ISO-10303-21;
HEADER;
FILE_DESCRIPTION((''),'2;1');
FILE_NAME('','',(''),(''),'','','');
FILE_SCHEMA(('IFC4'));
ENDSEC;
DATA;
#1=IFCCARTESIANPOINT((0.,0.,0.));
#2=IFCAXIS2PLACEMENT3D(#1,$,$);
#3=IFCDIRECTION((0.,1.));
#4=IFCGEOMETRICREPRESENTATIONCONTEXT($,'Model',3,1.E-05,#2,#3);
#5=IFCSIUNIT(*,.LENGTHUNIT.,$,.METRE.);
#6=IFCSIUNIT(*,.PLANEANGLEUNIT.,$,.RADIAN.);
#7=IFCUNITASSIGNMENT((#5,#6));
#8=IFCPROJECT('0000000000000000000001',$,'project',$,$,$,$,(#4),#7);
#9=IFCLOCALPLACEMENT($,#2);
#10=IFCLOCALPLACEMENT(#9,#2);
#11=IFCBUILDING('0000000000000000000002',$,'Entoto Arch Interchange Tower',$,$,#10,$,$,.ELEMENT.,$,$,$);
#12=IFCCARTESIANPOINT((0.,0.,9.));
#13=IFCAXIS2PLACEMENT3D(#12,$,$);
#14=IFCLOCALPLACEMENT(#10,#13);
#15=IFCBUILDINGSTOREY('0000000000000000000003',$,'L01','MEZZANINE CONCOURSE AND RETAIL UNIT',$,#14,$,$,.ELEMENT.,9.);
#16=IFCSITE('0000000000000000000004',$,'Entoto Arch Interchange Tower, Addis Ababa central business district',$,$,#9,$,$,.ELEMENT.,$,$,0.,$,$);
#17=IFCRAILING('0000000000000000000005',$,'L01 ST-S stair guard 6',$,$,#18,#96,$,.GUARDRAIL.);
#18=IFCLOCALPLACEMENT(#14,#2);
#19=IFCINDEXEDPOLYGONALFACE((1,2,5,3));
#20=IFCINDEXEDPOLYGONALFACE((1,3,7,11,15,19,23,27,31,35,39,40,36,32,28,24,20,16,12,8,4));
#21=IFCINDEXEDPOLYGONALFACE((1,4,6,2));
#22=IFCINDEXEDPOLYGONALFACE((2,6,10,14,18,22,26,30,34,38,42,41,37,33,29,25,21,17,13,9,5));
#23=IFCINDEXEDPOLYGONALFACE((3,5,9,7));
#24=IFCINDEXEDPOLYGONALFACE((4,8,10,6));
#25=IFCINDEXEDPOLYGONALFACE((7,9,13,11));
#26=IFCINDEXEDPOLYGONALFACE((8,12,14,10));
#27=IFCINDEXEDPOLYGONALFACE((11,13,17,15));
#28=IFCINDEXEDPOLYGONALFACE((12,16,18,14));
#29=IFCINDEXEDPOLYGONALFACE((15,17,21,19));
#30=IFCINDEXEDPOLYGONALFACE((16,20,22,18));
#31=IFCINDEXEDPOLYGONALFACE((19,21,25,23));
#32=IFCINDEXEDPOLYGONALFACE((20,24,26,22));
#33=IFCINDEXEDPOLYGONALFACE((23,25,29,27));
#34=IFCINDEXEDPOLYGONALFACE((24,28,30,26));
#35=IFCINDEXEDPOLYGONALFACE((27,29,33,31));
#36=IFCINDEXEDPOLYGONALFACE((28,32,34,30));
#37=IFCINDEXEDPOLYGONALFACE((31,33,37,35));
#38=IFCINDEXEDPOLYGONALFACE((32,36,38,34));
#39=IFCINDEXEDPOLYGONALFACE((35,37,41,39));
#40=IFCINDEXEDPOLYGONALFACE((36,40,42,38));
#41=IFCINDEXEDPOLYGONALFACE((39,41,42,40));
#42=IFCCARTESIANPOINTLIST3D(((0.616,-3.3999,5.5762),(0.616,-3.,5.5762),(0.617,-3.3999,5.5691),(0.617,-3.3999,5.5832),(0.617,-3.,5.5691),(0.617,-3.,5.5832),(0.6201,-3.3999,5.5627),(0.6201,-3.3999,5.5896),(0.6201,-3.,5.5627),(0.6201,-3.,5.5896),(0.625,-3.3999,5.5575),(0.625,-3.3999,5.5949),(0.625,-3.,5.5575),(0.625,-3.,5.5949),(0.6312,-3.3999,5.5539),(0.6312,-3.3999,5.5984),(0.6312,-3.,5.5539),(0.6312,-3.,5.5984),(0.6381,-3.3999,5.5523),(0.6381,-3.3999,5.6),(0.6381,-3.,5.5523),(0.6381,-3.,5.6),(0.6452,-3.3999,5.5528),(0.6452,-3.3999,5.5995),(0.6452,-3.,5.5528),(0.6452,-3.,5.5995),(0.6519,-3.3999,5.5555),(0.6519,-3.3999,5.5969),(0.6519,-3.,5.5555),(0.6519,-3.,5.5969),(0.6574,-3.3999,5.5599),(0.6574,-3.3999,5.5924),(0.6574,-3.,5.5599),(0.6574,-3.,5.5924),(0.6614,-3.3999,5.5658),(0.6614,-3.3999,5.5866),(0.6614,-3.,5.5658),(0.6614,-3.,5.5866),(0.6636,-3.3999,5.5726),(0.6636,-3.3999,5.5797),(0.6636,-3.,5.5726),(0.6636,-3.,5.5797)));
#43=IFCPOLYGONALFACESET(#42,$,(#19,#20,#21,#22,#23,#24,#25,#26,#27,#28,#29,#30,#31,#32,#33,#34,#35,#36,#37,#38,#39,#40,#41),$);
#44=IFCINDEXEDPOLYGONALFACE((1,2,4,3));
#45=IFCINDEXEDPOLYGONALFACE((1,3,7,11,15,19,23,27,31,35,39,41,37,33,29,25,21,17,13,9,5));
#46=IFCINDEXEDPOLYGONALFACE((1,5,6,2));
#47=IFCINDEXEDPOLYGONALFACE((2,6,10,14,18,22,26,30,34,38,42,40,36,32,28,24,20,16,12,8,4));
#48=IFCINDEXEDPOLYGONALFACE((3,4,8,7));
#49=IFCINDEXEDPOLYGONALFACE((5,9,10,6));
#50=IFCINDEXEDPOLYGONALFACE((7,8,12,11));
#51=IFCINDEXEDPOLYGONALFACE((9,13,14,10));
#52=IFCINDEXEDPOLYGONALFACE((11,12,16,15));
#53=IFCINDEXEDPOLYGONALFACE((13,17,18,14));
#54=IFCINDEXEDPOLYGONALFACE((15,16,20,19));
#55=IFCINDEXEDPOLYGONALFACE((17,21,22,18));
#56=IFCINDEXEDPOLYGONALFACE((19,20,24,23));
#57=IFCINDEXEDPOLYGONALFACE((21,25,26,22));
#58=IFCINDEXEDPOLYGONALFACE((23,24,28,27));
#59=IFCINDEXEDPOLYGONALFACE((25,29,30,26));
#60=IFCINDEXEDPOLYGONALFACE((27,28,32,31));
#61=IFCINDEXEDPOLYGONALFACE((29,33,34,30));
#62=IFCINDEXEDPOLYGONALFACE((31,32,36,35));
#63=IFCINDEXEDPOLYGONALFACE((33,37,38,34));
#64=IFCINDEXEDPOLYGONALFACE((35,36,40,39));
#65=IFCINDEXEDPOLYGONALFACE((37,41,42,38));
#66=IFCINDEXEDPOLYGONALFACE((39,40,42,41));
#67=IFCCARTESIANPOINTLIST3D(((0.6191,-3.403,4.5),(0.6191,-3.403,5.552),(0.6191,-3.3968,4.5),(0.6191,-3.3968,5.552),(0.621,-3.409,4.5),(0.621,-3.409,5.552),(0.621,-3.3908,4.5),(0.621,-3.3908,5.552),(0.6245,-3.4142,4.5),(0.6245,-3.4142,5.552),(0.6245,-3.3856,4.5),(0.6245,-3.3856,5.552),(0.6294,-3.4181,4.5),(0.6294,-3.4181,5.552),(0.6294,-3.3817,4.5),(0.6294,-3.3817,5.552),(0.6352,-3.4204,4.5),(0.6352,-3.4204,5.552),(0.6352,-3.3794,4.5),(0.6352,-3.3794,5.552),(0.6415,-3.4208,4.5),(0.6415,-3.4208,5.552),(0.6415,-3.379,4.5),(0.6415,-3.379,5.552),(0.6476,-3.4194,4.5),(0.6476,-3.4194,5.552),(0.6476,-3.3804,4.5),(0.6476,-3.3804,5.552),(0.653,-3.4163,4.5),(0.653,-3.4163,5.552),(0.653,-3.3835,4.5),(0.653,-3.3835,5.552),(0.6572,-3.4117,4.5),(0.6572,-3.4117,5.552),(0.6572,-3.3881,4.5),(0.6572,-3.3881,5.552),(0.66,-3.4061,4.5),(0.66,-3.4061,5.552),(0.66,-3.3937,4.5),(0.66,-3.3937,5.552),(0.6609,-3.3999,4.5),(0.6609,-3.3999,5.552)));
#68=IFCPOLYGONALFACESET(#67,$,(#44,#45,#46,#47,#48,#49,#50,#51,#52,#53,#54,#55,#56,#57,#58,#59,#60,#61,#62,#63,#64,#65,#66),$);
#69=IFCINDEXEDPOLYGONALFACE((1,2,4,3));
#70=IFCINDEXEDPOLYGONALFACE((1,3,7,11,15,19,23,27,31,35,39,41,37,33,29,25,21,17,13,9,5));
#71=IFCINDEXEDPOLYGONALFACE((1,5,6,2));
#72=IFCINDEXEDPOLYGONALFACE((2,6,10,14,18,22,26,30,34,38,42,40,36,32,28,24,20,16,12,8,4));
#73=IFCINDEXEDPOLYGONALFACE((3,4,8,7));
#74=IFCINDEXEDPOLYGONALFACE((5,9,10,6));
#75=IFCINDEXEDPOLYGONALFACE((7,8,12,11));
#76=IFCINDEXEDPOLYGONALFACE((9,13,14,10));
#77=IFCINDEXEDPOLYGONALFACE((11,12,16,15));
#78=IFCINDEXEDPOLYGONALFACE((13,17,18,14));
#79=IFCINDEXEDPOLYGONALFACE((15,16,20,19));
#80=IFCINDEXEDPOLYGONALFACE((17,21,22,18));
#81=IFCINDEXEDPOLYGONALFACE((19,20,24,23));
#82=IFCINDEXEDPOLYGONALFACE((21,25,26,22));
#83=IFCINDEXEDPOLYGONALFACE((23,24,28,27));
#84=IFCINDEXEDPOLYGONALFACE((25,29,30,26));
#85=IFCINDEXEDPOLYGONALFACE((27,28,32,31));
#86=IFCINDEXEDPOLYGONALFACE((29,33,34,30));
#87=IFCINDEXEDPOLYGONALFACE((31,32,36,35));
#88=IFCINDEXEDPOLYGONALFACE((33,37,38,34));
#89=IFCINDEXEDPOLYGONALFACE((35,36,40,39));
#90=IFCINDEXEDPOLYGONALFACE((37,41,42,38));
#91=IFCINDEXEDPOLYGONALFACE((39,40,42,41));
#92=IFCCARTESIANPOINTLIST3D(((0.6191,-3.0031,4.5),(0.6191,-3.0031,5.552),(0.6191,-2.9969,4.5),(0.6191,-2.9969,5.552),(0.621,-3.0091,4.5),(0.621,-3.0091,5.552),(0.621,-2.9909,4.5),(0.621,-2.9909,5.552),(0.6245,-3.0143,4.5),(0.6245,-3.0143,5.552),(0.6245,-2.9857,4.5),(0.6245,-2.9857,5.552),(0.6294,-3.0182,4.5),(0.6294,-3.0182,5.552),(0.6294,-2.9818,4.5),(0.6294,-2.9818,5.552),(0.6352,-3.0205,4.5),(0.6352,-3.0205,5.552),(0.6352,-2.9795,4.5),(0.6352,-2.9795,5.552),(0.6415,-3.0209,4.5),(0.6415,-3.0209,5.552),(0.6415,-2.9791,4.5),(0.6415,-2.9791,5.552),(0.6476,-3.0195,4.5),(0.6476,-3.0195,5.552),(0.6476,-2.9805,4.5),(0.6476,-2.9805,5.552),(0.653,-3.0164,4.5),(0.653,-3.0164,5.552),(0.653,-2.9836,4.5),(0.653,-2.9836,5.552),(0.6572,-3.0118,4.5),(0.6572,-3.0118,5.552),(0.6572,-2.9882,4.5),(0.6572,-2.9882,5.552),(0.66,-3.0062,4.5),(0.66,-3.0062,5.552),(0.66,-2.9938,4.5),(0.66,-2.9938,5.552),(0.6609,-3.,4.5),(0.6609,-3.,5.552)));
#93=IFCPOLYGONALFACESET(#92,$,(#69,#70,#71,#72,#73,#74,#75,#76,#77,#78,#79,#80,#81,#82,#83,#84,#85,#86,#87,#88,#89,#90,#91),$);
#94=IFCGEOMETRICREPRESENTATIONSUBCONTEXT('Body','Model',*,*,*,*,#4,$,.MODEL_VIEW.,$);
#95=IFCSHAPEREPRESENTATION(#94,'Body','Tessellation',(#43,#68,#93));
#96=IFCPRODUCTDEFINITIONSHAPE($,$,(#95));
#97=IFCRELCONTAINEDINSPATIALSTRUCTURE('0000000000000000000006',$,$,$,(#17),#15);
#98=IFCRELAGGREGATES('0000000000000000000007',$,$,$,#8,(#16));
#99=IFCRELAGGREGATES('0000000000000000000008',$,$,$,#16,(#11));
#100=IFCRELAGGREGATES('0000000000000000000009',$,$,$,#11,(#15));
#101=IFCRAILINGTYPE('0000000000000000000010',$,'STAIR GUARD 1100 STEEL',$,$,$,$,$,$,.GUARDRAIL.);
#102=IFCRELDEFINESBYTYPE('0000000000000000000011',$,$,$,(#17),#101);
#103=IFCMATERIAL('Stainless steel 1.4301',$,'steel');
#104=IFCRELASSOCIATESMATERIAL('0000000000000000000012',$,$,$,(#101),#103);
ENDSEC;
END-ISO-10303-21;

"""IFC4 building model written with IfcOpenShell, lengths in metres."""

from ifc_helpers import new_model, si_unit, direction, frame, origin, origin_2d, place, context, subcontext, project, spatial, circle, extrude, material, type_object, element, save


model = new_model("IFC4")

# Units and contexts
model_context = context("Model", 3, precision=1e-05, world=origin(), true_north=direction((0.0, 1.0)))
body_context = subcontext(model_context, "Body", "Model", "MODEL_VIEW")
ifc_project = project(units=[si_unit("LENGTHUNIT", "METRE"), si_unit("PLANEANGLEUNIT", "RADIAN")], contexts=[model_context])

# Site, building, storey
site_placement = place(None, origin())
site = spatial("IfcSite", under=ifc_project, at=site_placement, Name="Entoto Arch Interchange Tower, Addis Ababa central business district", CompositionType="ELEMENT", RefElevation=0.0)
building_placement = place(site_placement, origin())
building = spatial("IfcBuilding", under=site, at=building_placement, Name="Entoto Arch Interchange Tower", CompositionType="ELEMENT")
storey_placement = place(building_placement, frame((0.0, 0.0, 9.0)))
storey = spatial("IfcBuildingStorey", under=building, at=storey_placement, Name="L01", Description="MEZZANINE CONCOURSE AND RETAIL UNIT", CompositionType="ELEMENT", Elevation=9.0)

# Railing
ifc_material_1 = material(Name="Stainless steel 1.4301", Category="steel")
railing_type = type_object("IfcRailingType", Name="STAIR GUARD 1100 STEEL", PredefinedType="GUARDRAIL", material=ifc_material_1)
railing_1_placement = place(storey_placement, frame((0.6399, -3.3999, 4.5)))
element("IfcRailing", 1, at=railing_1_placement, inside=storey, type_object=railing_type, Name="L01 ST-S stair guard 6", PredefinedType="GUARDRAIL", context=body_context, shape_type="SweptSolid", body=[
    extrude(circle(Radius=0.0239, at=origin_2d()), frame((0.0, 0.0, 1.0762), z_axis=(0.0, 1.0, 0.0), x_axis=(-1.0, 0.0, 0.0)), (0.0, 0.0, 1.0), 0.3999),
    extrude(circle(Radius=0.021, at=origin_2d()), origin(), (0.0, 0.0, 1.0), 1.052),
    extrude(circle(Radius=0.021, at=origin_2d()), frame((0.0, 0.3999, 0.0)), (0.0, 0.0, 1.0), 1.052),
])

save(model, "model.ifc")
